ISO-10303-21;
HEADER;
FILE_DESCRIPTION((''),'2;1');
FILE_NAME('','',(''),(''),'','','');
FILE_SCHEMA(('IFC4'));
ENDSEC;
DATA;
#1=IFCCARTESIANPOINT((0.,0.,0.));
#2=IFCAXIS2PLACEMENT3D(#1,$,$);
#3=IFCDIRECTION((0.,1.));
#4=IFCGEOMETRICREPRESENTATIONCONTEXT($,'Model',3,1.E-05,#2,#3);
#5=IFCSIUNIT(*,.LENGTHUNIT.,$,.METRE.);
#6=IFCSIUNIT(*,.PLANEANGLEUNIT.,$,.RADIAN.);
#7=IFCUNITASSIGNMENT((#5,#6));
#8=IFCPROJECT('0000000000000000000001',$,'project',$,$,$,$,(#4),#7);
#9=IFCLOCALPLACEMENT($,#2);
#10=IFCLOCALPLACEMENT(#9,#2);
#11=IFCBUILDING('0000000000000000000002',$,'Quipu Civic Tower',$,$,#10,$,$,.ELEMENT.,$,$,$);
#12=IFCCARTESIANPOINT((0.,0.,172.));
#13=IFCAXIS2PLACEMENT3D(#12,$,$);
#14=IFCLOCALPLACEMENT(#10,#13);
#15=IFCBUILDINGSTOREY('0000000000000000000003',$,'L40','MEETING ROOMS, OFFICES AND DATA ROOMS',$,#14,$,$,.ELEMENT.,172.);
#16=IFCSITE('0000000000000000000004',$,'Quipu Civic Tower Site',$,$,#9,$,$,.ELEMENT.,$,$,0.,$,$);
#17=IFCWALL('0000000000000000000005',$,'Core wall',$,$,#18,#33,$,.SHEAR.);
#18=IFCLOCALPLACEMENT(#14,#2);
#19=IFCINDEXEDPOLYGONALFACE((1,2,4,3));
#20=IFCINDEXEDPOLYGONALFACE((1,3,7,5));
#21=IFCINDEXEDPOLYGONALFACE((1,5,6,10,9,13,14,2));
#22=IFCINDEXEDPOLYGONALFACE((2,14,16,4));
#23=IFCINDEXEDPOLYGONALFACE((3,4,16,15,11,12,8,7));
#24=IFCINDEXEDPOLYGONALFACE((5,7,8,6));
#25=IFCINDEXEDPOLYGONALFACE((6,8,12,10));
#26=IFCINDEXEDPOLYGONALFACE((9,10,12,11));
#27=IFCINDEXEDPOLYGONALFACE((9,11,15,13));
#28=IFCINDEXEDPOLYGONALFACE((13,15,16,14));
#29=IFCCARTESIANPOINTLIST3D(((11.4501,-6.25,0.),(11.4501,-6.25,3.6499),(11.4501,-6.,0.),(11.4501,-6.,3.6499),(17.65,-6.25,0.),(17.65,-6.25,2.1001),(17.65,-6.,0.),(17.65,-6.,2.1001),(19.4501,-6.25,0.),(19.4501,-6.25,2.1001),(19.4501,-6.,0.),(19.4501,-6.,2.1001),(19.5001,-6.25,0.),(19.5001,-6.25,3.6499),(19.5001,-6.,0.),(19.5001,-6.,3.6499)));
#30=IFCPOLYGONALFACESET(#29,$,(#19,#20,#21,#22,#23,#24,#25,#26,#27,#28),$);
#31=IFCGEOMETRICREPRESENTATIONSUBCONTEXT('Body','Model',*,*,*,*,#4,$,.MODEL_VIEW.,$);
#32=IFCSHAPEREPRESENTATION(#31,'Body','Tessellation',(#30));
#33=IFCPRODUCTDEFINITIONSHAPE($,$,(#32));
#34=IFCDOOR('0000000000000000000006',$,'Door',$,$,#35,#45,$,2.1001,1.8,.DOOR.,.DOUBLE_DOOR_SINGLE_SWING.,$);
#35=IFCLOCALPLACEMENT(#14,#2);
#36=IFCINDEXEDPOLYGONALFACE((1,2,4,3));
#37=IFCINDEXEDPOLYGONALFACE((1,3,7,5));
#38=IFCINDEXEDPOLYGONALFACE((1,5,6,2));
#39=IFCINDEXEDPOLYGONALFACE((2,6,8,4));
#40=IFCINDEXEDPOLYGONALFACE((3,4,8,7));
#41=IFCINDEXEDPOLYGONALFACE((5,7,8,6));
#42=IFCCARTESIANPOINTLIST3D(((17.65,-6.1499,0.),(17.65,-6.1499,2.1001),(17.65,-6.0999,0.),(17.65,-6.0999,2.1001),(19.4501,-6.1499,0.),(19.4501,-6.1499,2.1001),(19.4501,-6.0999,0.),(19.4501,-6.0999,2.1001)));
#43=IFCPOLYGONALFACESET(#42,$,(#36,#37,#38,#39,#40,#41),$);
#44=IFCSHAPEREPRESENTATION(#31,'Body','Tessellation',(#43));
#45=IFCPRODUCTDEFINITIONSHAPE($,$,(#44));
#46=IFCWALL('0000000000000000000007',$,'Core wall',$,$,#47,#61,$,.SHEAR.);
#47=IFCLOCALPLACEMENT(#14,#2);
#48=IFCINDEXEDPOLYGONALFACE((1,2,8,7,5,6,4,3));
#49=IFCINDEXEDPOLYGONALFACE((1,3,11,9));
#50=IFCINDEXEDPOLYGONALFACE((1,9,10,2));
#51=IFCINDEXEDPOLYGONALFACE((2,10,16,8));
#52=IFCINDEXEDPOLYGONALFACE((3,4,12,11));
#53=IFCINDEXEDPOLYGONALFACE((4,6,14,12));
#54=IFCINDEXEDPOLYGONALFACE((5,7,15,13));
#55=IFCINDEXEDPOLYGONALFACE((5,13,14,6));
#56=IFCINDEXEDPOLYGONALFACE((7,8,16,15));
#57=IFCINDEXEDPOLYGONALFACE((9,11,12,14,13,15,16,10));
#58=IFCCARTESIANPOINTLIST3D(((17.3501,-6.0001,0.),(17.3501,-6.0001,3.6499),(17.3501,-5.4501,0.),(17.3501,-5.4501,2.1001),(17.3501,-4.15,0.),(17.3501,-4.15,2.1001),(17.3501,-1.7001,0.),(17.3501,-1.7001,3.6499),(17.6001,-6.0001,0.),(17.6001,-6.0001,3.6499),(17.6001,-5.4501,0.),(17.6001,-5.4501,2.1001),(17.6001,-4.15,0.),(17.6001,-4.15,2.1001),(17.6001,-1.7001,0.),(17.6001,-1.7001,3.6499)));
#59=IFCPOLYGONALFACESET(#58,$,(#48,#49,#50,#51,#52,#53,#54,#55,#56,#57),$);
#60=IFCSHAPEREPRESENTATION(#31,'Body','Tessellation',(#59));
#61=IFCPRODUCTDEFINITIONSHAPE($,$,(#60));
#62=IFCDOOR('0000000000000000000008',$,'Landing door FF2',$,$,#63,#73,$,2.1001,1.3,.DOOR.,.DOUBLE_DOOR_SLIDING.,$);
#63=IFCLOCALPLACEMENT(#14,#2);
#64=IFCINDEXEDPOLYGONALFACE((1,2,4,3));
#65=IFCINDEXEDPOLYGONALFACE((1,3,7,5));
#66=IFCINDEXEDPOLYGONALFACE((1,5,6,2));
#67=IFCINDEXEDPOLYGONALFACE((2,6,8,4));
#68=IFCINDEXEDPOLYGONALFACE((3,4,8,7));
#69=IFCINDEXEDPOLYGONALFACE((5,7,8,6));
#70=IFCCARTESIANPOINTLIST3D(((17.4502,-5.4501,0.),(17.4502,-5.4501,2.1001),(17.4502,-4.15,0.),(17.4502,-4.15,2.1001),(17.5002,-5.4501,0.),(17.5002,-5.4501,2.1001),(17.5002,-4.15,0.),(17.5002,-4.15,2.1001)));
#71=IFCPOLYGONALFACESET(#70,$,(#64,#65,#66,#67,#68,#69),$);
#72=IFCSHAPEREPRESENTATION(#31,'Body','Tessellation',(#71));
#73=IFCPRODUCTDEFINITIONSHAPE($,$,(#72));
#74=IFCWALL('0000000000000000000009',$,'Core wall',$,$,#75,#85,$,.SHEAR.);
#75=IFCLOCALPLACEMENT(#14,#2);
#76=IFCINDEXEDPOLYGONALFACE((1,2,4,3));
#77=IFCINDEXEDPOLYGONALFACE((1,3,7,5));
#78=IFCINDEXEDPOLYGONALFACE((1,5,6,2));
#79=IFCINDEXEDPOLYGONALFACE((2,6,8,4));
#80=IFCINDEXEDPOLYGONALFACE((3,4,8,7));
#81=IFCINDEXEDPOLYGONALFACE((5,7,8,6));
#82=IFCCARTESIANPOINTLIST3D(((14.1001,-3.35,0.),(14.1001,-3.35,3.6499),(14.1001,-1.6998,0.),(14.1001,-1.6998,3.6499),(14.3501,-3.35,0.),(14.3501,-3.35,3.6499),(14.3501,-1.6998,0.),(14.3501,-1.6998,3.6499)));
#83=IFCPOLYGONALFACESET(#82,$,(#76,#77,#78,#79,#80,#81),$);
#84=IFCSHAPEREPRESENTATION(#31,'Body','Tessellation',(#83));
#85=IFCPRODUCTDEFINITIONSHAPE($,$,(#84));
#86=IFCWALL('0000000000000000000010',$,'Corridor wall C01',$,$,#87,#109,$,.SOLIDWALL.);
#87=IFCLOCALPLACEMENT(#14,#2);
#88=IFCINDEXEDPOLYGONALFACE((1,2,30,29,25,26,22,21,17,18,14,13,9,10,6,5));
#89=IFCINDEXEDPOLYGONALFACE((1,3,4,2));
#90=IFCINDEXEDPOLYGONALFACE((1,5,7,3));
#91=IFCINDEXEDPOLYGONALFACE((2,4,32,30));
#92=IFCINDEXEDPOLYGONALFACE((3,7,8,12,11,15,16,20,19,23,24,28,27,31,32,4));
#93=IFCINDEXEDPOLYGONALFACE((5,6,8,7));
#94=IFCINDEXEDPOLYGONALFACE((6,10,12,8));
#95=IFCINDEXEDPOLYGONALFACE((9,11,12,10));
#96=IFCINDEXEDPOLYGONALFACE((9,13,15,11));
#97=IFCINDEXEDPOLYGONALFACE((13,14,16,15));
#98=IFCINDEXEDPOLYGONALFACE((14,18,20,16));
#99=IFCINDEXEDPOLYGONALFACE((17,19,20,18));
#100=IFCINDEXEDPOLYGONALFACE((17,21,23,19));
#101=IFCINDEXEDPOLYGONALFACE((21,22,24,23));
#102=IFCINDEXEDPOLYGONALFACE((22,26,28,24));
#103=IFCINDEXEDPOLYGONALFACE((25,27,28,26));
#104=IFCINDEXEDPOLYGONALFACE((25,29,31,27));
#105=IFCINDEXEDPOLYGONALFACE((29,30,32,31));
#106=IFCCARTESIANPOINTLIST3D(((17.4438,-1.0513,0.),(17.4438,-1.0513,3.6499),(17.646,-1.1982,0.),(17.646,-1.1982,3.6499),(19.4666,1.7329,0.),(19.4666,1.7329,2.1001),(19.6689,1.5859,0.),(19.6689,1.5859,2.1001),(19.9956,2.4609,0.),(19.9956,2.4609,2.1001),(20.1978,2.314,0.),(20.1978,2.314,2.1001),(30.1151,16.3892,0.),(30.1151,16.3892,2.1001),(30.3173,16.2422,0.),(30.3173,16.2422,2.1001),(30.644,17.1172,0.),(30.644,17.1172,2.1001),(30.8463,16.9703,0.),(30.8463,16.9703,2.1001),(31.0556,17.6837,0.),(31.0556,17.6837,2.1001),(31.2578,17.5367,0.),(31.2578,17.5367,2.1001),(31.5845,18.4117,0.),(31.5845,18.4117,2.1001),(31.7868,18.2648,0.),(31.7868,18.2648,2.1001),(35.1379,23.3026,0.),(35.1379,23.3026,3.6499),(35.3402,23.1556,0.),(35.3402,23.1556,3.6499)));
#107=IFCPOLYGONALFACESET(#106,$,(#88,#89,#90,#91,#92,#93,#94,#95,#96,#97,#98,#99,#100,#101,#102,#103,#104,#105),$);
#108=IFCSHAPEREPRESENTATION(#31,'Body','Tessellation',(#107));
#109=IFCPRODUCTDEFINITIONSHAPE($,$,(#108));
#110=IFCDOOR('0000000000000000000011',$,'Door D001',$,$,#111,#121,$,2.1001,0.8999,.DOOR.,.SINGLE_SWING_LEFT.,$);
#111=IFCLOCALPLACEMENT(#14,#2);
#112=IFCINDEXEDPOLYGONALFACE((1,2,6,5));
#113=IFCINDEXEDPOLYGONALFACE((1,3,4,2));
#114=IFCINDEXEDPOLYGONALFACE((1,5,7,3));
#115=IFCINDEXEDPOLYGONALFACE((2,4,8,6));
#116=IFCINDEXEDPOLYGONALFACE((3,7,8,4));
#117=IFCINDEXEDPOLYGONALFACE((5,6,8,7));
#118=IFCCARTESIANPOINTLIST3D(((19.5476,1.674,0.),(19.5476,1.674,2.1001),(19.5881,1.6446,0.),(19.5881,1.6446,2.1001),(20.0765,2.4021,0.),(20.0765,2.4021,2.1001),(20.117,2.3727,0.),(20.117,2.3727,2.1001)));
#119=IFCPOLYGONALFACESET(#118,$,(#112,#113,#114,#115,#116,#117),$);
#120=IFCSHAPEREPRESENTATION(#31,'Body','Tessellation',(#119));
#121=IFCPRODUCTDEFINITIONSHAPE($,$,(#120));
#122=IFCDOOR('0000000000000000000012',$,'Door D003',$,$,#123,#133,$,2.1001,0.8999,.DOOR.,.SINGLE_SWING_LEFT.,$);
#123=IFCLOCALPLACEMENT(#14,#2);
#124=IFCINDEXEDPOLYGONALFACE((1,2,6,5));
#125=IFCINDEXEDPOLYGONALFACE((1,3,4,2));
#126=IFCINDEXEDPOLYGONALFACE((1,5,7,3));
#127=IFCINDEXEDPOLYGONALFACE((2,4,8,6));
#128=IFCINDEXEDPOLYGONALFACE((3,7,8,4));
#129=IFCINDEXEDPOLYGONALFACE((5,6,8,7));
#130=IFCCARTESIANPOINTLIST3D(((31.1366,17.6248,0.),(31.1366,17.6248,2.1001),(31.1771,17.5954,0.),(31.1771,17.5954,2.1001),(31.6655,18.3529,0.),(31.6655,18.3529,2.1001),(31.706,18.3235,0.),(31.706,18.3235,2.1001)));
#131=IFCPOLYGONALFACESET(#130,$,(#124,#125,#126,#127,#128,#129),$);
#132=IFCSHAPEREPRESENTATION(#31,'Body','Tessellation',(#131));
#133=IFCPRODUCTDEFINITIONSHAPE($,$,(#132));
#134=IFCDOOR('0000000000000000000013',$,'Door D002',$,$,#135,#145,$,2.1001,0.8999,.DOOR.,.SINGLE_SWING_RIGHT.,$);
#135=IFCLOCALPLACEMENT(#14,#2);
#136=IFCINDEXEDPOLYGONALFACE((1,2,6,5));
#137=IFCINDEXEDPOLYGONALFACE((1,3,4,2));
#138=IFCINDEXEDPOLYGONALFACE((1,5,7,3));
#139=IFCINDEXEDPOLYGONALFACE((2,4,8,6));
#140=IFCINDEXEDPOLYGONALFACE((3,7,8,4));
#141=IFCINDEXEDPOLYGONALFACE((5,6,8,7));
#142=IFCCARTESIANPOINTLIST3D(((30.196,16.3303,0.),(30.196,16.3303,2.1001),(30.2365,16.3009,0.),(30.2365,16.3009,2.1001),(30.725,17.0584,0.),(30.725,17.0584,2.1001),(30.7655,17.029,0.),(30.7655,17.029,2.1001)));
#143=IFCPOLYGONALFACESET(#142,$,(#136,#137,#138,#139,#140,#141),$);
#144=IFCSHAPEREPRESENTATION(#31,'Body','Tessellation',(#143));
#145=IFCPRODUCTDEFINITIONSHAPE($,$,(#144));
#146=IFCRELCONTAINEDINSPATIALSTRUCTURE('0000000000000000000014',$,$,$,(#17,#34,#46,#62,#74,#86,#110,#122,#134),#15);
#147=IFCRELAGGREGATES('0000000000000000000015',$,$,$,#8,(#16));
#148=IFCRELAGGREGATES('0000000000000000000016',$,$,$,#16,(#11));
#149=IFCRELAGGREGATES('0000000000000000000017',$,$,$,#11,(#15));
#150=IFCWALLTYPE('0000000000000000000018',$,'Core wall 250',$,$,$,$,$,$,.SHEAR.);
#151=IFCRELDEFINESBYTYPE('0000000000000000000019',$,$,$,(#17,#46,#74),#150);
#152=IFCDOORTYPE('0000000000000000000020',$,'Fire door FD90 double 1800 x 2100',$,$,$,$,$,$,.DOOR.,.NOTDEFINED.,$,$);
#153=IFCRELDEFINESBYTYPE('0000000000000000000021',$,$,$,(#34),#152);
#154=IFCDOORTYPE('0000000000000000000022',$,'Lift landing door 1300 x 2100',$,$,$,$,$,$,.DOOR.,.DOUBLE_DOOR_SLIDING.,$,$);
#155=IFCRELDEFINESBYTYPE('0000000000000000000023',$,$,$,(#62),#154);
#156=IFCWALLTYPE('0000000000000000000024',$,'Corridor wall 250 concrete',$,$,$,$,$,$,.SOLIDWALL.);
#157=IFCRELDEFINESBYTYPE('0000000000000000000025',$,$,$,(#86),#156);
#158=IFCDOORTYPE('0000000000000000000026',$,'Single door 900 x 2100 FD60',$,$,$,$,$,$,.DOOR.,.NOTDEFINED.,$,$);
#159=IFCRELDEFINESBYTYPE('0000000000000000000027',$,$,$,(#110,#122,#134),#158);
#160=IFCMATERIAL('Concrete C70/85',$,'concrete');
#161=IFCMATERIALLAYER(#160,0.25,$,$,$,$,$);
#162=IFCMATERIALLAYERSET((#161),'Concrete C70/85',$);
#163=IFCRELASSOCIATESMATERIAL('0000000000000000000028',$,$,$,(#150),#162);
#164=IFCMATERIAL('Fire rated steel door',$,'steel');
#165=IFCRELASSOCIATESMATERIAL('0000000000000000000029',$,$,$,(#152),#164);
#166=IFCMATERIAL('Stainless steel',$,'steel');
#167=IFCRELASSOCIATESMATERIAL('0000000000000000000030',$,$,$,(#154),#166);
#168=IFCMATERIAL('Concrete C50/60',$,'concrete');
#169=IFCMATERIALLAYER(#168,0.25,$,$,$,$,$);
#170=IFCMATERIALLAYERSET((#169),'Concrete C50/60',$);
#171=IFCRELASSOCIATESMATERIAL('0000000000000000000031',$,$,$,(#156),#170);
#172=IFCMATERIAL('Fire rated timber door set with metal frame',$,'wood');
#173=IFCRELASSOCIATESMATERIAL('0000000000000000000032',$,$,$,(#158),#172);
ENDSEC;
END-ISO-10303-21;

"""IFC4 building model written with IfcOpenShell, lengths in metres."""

from ifc_helpers import new_model, si_unit, direction, frame, frame_2d, origin, place, context, subcontext, project, spatial, rectangle, extrude, material, layer, layer_set, type_object, element, fill, save


model = new_model("IFC4")

# Units and contexts
model_context = context("Model", 3, precision=1e-05, world=origin(), true_north=direction((0.0, 1.0)))
body_context = subcontext(model_context, "Body", "Model", "MODEL_VIEW")
ifc_project = project(units=[si_unit("LENGTHUNIT", "METRE"), si_unit("PLANEANGLEUNIT", "RADIAN")], contexts=[model_context])

# Site, building, storey
site_placement = place(None, origin())
site = spatial("IfcSite", under=ifc_project, at=site_placement, Name="Quipu Civic Tower Site", CompositionType="ELEMENT", RefElevation=0.0)
building_placement = place(site_placement, origin())
building = spatial("IfcBuilding", under=site, at=building_placement, Name="Quipu Civic Tower", CompositionType="ELEMENT")
storey_placement = place(building_placement, frame((0.0, 0.0, 172.0)))
storey = spatial("IfcBuildingStorey", under=building, at=storey_placement, Name="L40", Description="MEETING ROOMS, OFFICES AND DATA ROOMS", CompositionType="ELEMENT", Elevation=172.0)

# Walls, openings, doors
ifc_material_1 = material(Name="Concrete C70/85", Category="concrete")
ifc_layer_1 = layer(ifc_material_1, 0.25)
ifc_layer_set_1 = layer_set([ifc_layer_1], Name="Concrete C70/85")
wall_type_1 = type_object("IfcWallType", Name="Core wall 250", PredefinedType="SHEAR", material=ifc_layer_set_1)
wall_1_placement = place(storey_placement, frame((19.5, -6.125, 0.0), z_axis=(0.0, 0.0, 1.0), x_axis=(-1.0, 0.0, 0.0)))
wall_1 = element("IfcWall", 1, at=wall_1_placement, inside=storey, type_object=wall_type_1, Name="Core wall", PredefinedType="SHEAR", context=body_context, shape_type="SweptSolid", body=[
    extrude(rectangle(XDim=8.05, YDim=0.25, at=frame_2d((4.0249, 0.0))), origin(), (0.0, 0.0, 1.0), 3.6499),
])
opening_1_placement = place(wall_1_placement, frame((0.05, 0.0, 0.0)))
opening_1 = element("IfcOpeningElement", 2, at=opening_1_placement, cuts=wall_1, PredefinedType="OPENING", context=body_context, shape_type="SweptSolid", body=[
    extrude(rectangle(XDim=1.8, YDim=2.1001, at=frame_2d((0.8999, 1.05))), frame((0.0, 0.135, 0.0), z_axis=(0.0, -1.0, 0.0), x_axis=(1.0, 0.0, 0.0)), (0.0, 0.0, 1.0), 0.27),
])
ifc_material_2 = material(Name="Fire rated steel door", Category="steel")
door_type_1 = type_object("IfcDoorType", Name="Fire door FD90 double 1800 x 2100", OperationType="NOTDEFINED", PredefinedType="DOOR", material=ifc_material_2)
door_1_placement = place(opening_1_placement, origin())
door_1 = element("IfcDoor", 3, at=door_1_placement, inside=storey, type_object=door_type_1, Name="Door", OperationType="DOUBLE_DOOR_SINGLE_SWING", OverallHeight=2.1001, OverallWidth=1.8, PredefinedType="DOOR", context=body_context, shape_type="SweptSolid", body=[
    extrude(rectangle(XDim=1.8, YDim=2.1001, at=frame_2d((0.8999, 1.05))), frame((0.0, 0.0249, 0.0), z_axis=(0.0, -1.0, 0.0), x_axis=(1.0, 0.0, 0.0)), (0.0, 0.0, 1.0), 0.05),
])
fill(opening_1, door_1)
wall_2_placement = place(storey_placement, frame((17.4751, -6.0, 0.0), z_axis=(0.0, 0.0, 1.0), x_axis=(0.0, 1.0, 0.0)))
wall_2 = element("IfcWall", 4, at=wall_2_placement, inside=storey, type_object=wall_type_1, Name="Core wall", PredefinedType="SHEAR", context=body_context, shape_type="SweptSolid", body=[
    extrude(rectangle(XDim=4.3, YDim=0.25, at=frame_2d((2.1499, 0.0))), origin(), (0.0, 0.0, 1.0), 3.6499),
])
opening_2_placement = place(wall_2_placement, frame((0.55, 0.0, 0.0)))
opening_2 = element("IfcOpeningElement", 5, at=opening_2_placement, cuts=wall_2, PredefinedType="OPENING", context=body_context, shape_type="SweptSolid", body=[
    extrude(rectangle(XDim=1.3, YDim=2.1001, at=frame_2d((0.6499, 1.05))), frame((0.0, 0.135, 0.0), z_axis=(0.0, -1.0, 0.0), x_axis=(1.0, 0.0, 0.0)), (0.0, 0.0, 1.0), 0.27),
])
ifc_material_3 = material(Name="Stainless steel", Category="steel")
door_type_2 = type_object("IfcDoorType", Name="Lift landing door 1300 x 2100", OperationType="DOUBLE_DOOR_SLIDING", PredefinedType="DOOR", material=ifc_material_3)
door_2_placement = place(opening_2_placement, origin())
door_2 = element("IfcDoor", 6, at=door_2_placement, inside=storey, type_object=door_type_2, Name="Landing door FF2", OperationType="DOUBLE_DOOR_SLIDING", OverallHeight=2.1001, OverallWidth=1.3, PredefinedType="DOOR", context=body_context, shape_type="SweptSolid", body=[
    extrude(rectangle(XDim=1.3, YDim=2.1001, at=frame_2d((0.6499, 1.05))), frame((0.0, 0.0249, 0.0), z_axis=(0.0, -1.0, 0.0), x_axis=(1.0, 0.0, 0.0)), (0.0, 0.0, 1.0), 0.05),
])
fill(opening_2, door_2)

# Wall
wall_3_placement = place(storey_placement, frame((14.2251, -3.3501, 0.0), z_axis=(0.0, 0.0, 1.0), x_axis=(0.0, 1.0, 0.0)))
element("IfcWall", 7, at=wall_3_placement, inside=storey, type_object=wall_type_1, Name="Core wall", PredefinedType="SHEAR", context=body_context, shape_type="SweptSolid", body=[
    extrude(rectangle(XDim=1.6501, YDim=0.25, at=frame_2d((0.8252, 0.0))), origin(), (0.0, 0.0, 1.0), 3.6499),
])

# Wall, openings, doors
ifc_material_4 = material(Name="Concrete C50/60", Category="concrete")
ifc_layer_2 = layer(ifc_material_4, 0.25)
ifc_layer_set_2 = layer_set([ifc_layer_2], Name="Concrete C50/60")
wall_type_2 = type_object("IfcWallType", Name="Corridor wall 250 concrete", PredefinedType="SOLIDWALL", material=ifc_layer_set_2)
wall_4_placement = place(storey_placement, frame((17.5449, -1.1248, 0.0), z_axis=(0.0, 0.0, 1.0), x_axis=(0.587786, 0.809016, 0.0)))
wall_4 = element("IfcWall", 8, at=wall_4_placement, inside=storey, type_object=wall_type_2, Name="Corridor wall C01", PredefinedType="SOLIDWALL", context=body_context, shape_type="SweptSolid", body=[
    extrude(rectangle(XDim=30.103, YDim=0.25, at=frame_2d((15.0515, 0.0))), origin(), (0.0, 0.0, 1.0), 3.6499),
])
opening_3_placement = place(wall_4_placement, frame((3.4414, 0.0, 0.0)))
opening_3 = element("IfcOpeningElement", 9, at=opening_3_placement, cuts=wall_4, PredefinedType="OPENING", context=body_context, shape_type="SweptSolid", body=[
    extrude(rectangle(XDim=0.8999, YDim=2.1001, at=frame_2d((0.45, 1.05))), frame((0.0, 0.135, 0.0), z_axis=(0.0, -1.0, 0.0), x_axis=(1.0, 0.0, 0.0)), (0.0, 0.0, 1.0), 0.27),
])
opening_4_placement = place(wall_4_placement, frame((23.1577, 0.0, 0.0)))
opening_4 = element("IfcOpeningElement", 10, at=opening_4_placement, cuts=wall_4, PredefinedType="OPENING", context=body_context, shape_type="SweptSolid", body=[
    extrude(rectangle(XDim=0.8999, YDim=2.1001, at=frame_2d((0.45, 1.05))), frame((0.0, 0.135, 0.0), z_axis=(0.0, -1.0, 0.0), x_axis=(1.0, 0.0, 0.0)), (0.0, 0.0, 1.0), 0.27),
])
opening_5_placement = place(wall_4_placement, frame((21.5576, 0.0, 0.0)))
opening_5 = element("IfcOpeningElement", 11, at=opening_5_placement, cuts=wall_4, PredefinedType="OPENING", context=body_context, shape_type="SweptSolid", body=[
    extrude(rectangle(XDim=0.8999, YDim=2.1001, at=frame_2d((0.45, 1.05))), frame((0.0, 0.135, 0.0), z_axis=(0.0, -1.0, 0.0), x_axis=(1.0, 0.0, 0.0)), (0.0, 0.0, 1.0), 0.27),
])
ifc_material_5 = material(Name="Fire rated timber door set with metal frame", Category="wood")
door_type_3 = type_object("IfcDoorType", Name="Single door 900 x 2100 FD60", OperationType="NOTDEFINED", PredefinedType="DOOR", material=ifc_material_5)
door_3_placement = place(opening_3_placement, origin())
door_3 = element("IfcDoor", 12, at=door_3_placement, inside=storey, type_object=door_type_3, Name="Door D001", OperationType="SINGLE_SWING_LEFT", OverallHeight=2.1001, OverallWidth=0.8999, PredefinedType="DOOR", context=body_context, shape_type="SweptSolid", body=[
    extrude(rectangle(XDim=0.8999, YDim=2.1001, at=frame_2d((0.45, 1.05))), frame((0.0, 0.0249, 0.0), z_axis=(0.0, -1.0, 0.0), x_axis=(1.0, 0.0, 0.0)), (0.0, 0.0, 1.0), 0.05),
])
fill(opening_3, door_3)
door_4_placement = place(opening_4_placement, origin())
door_4 = element("IfcDoor", 13, at=door_4_placement, inside=storey, type_object=door_type_3, Name="Door D003", OperationType="SINGLE_SWING_LEFT", OverallHeight=2.1001, OverallWidth=0.8999, PredefinedType="DOOR", context=body_context, shape_type="SweptSolid", body=[
    extrude(rectangle(XDim=0.8999, YDim=2.1001, at=frame_2d((0.45, 1.05))), frame((0.0, 0.0249, 0.0), z_axis=(0.0, -1.0, 0.0), x_axis=(1.0, 0.0, 0.0)), (0.0, 0.0, 1.0), 0.05),
])
fill(opening_4, door_4)
door_5_placement = place(opening_5_placement, origin())
door_5 = element("IfcDoor", 14, at=door_5_placement, inside=storey, type_object=door_type_3, Name="Door D002", OperationType="SINGLE_SWING_RIGHT", OverallHeight=2.1001, OverallWidth=0.8999, PredefinedType="DOOR", context=body_context, shape_type="SweptSolid", body=[
    extrude(rectangle(XDim=0.8999, YDim=2.1001, at=frame_2d((0.45, 1.05))), frame((0.0, 0.0249, 0.0), z_axis=(0.0, -1.0, 0.0), x_axis=(1.0, 0.0, 0.0)), (0.0, 0.0, 1.0), 0.05),
])
fill(opening_5, door_5)

save(model, "model.ifc")
